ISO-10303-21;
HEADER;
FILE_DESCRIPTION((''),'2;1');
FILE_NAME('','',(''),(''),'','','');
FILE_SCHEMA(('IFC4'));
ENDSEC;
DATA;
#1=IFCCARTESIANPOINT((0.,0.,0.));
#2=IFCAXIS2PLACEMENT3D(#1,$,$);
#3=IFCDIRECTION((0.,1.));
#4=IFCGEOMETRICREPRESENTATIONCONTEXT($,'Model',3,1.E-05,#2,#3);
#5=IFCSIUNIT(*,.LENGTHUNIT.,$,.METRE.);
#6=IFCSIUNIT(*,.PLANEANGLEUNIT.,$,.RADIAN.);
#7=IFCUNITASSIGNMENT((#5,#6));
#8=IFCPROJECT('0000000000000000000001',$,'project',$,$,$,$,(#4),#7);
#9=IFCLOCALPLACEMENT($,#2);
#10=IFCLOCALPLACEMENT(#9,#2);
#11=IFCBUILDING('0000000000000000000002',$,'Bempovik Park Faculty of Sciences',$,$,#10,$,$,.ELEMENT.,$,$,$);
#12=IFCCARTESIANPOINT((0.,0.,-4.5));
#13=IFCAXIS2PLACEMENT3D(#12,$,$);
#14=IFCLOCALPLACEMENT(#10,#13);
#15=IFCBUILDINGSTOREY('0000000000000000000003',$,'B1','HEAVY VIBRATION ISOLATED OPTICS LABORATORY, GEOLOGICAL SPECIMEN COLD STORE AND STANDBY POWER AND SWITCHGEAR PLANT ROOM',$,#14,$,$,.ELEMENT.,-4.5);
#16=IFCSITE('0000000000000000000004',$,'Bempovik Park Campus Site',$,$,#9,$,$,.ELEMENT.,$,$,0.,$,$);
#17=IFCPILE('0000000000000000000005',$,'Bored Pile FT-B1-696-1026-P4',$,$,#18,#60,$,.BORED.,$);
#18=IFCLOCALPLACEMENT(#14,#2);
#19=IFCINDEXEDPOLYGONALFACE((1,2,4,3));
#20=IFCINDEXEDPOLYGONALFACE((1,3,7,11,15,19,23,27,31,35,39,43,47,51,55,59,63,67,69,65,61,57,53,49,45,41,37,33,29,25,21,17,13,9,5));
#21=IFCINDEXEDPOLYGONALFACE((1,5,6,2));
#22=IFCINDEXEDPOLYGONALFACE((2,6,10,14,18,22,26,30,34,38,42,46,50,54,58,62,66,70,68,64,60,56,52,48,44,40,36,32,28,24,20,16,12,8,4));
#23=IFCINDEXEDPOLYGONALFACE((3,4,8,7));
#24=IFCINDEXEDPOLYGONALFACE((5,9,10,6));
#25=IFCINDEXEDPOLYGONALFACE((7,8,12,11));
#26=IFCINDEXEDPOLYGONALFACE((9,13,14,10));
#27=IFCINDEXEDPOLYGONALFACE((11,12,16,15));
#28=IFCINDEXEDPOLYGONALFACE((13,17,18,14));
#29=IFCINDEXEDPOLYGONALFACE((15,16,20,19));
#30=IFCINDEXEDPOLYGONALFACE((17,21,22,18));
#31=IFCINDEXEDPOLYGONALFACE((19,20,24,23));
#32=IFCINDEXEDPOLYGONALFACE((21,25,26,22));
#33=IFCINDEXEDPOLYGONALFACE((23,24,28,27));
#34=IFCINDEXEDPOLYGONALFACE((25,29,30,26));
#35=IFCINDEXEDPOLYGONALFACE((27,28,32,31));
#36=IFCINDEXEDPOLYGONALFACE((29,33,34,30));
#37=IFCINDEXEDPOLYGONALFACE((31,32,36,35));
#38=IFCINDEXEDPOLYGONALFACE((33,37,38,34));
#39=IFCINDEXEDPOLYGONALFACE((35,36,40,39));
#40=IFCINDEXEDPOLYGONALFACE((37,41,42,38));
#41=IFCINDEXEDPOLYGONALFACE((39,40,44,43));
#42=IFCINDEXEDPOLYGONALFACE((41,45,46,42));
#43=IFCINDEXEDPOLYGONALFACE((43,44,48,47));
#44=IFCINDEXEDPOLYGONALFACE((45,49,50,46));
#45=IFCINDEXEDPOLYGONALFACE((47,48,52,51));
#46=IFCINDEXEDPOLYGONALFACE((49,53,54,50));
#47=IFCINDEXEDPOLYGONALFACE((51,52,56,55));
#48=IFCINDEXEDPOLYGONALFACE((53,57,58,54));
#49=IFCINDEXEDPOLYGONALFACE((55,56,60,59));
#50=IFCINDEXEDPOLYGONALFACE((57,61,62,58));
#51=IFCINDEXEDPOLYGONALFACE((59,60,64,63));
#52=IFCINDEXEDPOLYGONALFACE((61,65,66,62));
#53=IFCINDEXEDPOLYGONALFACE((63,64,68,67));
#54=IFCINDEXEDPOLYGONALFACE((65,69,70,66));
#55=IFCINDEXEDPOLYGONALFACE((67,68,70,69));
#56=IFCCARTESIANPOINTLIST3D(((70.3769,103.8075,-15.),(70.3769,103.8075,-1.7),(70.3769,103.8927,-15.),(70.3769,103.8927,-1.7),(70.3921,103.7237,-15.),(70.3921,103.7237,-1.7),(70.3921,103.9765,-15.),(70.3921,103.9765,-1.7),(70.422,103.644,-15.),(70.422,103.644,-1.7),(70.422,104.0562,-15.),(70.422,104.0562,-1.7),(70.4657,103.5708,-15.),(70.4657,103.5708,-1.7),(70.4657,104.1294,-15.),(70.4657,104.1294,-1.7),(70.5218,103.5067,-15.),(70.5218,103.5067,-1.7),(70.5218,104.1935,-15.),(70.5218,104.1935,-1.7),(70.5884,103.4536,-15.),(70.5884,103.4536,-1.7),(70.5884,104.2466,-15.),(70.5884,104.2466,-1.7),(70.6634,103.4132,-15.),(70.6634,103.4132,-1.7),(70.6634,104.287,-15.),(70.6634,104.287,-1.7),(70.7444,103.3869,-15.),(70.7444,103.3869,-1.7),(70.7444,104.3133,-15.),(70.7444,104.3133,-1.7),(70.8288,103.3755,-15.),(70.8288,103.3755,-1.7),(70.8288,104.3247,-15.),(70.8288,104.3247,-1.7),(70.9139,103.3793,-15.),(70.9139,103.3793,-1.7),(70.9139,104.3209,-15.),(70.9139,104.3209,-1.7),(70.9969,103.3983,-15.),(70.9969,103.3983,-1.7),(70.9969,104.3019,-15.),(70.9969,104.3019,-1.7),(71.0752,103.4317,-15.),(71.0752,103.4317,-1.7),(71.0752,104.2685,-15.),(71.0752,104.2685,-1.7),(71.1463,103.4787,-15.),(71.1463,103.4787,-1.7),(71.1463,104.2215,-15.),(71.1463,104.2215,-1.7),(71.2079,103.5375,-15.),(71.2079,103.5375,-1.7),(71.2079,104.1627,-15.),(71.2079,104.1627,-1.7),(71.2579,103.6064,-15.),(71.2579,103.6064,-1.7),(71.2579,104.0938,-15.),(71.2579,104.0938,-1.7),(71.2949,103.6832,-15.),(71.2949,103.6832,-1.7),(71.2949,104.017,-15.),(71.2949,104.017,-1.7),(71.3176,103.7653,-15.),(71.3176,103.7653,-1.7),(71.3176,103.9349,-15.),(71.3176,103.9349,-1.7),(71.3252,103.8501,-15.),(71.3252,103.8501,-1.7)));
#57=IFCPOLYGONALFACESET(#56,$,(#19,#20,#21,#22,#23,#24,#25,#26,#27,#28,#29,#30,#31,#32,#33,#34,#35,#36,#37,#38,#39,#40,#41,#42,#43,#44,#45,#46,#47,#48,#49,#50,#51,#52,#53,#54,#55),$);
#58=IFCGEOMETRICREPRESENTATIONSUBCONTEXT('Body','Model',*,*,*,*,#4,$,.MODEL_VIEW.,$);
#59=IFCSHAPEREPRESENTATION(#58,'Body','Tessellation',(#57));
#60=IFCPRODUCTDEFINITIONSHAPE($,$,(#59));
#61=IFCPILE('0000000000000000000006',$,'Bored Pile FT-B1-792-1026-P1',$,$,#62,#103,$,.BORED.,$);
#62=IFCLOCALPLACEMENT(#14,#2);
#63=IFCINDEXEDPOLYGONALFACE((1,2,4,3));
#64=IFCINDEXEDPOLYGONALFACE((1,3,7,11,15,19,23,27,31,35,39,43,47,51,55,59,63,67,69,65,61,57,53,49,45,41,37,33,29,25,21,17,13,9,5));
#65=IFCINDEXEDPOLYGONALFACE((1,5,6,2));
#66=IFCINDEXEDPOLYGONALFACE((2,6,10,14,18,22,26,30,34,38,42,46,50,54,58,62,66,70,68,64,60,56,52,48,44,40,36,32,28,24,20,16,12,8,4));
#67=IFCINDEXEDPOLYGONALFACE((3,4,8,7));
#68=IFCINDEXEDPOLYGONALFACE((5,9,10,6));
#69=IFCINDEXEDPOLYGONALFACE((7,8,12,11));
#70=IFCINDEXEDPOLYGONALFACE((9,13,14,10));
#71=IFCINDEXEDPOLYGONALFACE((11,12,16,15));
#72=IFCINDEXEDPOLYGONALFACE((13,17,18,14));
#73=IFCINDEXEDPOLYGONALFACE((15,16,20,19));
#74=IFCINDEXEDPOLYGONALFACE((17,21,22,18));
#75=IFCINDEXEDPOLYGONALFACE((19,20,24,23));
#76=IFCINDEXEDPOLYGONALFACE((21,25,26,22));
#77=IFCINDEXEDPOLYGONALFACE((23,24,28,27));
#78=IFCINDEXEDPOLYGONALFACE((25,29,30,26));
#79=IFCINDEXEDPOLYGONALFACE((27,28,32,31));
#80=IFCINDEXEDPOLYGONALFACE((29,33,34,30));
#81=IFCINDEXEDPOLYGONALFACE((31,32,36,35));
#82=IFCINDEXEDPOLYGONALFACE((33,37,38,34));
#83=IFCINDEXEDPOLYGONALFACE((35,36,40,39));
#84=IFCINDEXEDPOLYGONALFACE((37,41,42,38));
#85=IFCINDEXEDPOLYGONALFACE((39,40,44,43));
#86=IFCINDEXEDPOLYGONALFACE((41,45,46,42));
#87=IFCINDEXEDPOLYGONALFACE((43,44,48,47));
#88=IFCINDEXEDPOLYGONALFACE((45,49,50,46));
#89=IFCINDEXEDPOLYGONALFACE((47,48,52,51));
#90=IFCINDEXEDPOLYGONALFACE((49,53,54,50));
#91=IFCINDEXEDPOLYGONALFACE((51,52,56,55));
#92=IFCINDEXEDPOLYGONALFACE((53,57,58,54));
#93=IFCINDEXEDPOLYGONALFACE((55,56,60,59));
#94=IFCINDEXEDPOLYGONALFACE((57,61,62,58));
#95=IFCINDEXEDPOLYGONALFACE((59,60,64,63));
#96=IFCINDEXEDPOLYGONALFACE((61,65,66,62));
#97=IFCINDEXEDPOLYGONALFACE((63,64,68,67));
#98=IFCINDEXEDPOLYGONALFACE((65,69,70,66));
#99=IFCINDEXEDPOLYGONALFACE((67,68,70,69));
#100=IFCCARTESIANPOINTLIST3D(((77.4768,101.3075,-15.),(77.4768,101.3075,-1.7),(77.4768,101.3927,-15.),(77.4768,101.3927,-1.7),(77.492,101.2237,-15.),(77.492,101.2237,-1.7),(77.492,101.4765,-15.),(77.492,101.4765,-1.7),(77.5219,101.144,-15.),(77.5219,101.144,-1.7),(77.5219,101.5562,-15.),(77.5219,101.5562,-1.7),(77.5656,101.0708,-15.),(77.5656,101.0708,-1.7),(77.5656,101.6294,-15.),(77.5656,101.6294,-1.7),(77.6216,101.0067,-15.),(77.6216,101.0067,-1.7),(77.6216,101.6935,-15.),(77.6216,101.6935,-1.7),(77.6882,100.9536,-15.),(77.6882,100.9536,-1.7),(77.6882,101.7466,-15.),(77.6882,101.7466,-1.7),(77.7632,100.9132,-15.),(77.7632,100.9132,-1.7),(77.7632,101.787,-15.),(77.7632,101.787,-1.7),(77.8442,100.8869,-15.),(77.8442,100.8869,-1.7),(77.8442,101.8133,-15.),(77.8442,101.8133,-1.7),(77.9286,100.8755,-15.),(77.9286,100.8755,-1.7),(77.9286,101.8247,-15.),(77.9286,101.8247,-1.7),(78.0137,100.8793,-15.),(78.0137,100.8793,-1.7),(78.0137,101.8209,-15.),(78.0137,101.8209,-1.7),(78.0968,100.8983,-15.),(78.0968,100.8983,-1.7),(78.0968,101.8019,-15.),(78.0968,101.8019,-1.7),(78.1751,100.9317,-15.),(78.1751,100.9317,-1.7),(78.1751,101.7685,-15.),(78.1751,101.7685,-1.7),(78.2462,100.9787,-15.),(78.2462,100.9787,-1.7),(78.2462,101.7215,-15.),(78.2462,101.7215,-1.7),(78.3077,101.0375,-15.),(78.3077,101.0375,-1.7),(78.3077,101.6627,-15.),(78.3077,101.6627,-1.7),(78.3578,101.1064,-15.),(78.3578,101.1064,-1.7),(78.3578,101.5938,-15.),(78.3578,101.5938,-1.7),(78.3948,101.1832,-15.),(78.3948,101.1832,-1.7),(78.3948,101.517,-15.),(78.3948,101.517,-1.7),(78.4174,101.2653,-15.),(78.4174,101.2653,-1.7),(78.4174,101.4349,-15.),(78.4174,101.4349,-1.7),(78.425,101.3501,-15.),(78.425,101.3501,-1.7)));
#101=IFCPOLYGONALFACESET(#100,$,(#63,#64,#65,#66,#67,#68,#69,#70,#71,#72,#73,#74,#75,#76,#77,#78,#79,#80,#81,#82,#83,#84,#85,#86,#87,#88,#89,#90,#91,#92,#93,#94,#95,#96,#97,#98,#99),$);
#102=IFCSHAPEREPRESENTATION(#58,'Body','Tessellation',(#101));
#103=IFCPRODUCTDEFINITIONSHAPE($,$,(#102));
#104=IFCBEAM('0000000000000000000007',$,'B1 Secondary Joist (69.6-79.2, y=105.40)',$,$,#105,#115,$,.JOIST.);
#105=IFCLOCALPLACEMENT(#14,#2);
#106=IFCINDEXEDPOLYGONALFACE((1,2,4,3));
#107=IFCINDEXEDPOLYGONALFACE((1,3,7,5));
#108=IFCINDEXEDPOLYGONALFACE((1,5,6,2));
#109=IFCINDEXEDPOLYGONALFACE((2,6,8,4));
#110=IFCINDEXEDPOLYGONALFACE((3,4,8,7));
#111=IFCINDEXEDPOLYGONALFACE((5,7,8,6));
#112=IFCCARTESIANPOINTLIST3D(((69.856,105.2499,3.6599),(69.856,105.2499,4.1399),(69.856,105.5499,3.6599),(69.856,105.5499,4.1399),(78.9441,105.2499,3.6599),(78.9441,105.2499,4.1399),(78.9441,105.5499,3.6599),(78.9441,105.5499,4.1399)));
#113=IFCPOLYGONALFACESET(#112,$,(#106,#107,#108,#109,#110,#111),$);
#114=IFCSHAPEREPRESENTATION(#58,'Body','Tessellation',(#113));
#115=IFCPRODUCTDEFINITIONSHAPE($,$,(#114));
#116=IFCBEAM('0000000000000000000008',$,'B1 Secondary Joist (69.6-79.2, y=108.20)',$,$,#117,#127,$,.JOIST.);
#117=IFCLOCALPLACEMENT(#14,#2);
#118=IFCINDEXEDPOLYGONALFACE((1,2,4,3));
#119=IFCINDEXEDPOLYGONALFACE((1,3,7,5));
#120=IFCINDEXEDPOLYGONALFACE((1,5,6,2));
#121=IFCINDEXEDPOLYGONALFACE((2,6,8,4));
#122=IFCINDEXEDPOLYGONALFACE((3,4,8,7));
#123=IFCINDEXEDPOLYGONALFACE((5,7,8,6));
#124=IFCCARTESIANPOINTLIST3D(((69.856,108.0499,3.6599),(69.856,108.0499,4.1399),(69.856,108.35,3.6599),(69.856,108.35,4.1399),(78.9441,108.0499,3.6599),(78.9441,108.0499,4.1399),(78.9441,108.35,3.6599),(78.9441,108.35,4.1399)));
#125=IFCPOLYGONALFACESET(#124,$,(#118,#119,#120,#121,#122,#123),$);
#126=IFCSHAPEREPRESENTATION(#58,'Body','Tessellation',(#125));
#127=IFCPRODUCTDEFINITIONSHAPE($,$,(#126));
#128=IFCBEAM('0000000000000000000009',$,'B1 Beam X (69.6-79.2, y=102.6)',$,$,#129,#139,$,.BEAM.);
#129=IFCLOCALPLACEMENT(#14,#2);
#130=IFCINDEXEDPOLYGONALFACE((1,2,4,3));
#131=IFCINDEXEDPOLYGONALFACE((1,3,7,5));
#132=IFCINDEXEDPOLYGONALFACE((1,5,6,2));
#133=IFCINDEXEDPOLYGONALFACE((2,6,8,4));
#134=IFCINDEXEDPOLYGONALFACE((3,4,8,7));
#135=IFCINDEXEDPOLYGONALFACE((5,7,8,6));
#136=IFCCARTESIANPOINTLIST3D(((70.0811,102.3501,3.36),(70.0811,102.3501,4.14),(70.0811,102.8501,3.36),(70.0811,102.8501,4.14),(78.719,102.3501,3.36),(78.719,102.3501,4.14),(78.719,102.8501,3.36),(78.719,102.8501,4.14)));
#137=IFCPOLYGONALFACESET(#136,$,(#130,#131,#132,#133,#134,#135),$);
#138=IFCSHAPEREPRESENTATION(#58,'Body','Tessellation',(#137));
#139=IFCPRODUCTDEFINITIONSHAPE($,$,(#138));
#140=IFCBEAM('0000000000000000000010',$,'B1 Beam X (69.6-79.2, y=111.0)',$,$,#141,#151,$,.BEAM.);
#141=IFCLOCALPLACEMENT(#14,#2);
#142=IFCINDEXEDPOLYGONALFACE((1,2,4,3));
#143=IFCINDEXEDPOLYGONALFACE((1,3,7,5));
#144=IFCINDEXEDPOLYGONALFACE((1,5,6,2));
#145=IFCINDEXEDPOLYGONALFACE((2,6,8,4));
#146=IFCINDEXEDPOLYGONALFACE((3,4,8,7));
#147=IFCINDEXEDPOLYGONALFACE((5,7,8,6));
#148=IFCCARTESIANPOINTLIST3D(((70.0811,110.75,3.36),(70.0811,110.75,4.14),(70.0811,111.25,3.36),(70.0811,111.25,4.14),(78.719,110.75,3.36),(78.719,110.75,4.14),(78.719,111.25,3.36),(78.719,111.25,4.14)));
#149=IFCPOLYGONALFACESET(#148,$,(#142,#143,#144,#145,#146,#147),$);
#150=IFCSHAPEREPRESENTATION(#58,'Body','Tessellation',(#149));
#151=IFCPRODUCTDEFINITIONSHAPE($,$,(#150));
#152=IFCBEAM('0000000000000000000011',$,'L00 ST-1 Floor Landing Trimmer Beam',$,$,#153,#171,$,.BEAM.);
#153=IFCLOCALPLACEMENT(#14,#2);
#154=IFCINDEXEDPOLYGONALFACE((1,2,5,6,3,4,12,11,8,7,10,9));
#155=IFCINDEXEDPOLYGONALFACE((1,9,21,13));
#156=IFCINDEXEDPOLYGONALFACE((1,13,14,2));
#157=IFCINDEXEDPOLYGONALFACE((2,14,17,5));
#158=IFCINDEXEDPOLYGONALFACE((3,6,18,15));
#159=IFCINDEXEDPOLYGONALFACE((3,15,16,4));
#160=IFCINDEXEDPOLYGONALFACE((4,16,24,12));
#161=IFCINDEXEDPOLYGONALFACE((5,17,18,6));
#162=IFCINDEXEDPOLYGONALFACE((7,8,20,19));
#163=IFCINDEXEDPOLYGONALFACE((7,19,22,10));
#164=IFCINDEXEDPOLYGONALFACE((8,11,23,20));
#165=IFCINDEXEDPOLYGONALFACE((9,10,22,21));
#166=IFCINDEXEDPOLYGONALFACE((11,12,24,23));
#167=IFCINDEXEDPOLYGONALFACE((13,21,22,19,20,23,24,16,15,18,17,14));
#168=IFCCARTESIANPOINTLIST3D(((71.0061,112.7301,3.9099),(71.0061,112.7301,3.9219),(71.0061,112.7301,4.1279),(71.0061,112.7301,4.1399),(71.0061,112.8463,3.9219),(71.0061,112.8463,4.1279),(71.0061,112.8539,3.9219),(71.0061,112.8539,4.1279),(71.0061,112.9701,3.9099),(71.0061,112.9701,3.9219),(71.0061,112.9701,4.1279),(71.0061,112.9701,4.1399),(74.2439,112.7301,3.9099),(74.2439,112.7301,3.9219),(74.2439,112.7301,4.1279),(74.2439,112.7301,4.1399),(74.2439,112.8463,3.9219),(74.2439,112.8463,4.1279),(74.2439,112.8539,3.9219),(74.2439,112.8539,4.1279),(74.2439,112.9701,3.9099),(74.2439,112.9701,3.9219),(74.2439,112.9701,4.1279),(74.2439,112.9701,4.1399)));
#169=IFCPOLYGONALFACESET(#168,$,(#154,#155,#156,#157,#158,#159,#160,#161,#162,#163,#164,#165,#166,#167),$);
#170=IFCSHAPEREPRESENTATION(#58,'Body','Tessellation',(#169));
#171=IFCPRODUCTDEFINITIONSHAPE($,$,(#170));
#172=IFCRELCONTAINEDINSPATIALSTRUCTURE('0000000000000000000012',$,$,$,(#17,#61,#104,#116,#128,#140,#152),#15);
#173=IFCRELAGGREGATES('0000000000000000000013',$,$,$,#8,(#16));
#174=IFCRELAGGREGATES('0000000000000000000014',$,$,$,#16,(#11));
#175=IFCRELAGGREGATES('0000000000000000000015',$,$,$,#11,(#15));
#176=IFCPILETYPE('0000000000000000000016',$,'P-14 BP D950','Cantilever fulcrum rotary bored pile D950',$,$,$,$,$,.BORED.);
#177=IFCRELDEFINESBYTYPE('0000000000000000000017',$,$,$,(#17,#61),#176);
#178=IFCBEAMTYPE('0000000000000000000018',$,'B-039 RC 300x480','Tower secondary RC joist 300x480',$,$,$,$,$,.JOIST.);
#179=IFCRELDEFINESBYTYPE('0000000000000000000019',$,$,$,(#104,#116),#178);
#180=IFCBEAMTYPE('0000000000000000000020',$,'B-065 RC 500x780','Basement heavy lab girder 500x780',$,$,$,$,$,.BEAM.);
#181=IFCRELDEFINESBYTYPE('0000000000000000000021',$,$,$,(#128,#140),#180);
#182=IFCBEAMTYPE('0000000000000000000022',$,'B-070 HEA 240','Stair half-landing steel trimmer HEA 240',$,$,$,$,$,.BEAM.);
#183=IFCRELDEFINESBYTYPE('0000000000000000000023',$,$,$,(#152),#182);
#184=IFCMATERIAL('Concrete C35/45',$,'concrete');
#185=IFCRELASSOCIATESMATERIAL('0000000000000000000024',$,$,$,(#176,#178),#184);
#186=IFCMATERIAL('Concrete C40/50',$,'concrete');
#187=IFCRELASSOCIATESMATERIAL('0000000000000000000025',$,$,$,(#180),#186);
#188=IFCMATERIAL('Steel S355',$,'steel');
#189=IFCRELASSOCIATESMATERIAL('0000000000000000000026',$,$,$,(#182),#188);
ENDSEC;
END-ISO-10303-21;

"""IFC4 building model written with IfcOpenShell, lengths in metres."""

from ifc_helpers import new_model, si_unit, direction, frame, origin, origin_2d, place, context, subcontext, project, spatial, rectangle, circle, i_section, extrude, material, material_profile, profile_set, type_object, element, save


model = new_model("IFC4")

# Units and contexts
model_context = context("Model", 3, precision=1e-05, world=origin(), true_north=direction((0.0, 1.0)))
body_context = subcontext(model_context, "Body", "Model", "MODEL_VIEW")
ifc_project = project(units=[si_unit("LENGTHUNIT", "METRE"), si_unit("PLANEANGLEUNIT", "RADIAN")], contexts=[model_context])

# Site, building, storey
site_placement = place(None, origin())
site = spatial("IfcSite", under=ifc_project, at=site_placement, Name="Bempovik Park Campus Site", CompositionType="ELEMENT", RefElevation=0.0)
building_placement = place(site_placement, origin())
building = spatial("IfcBuilding", under=site, at=building_placement, Name="Bempovik Park Faculty of Sciences", CompositionType="ELEMENT")
storey_placement = place(building_placement, frame((0.0, 0.0, -4.5)))
storey = spatial("IfcBuildingStorey", under=building, at=storey_placement, Name="B1", Description="HEAVY VIBRATION ISOLATED OPTICS LABORATORY, GEOLOGICAL SPECIMEN COLD STORE AND STANDBY POWER AND SWITCHGEAR PLANT ROOM", CompositionType="ELEMENT", Elevation=-4.5)

# Piles
ifc_material_1 = material(Name="Concrete C35/45", Category="concrete")
ifc_material_profile_1 = material_profile(ifc_material_1, circle(Radius=0.4751, at=origin_2d()), Name="BP D950")
ifc_profile_set_1 = profile_set([ifc_material_profile_1], Name="Concrete C35/45")
pile_type = type_object("IfcPileType", Name="P-14 BP D950", Description="Cantilever fulcrum rotary bored pile D950", PredefinedType="BORED", material=ifc_profile_set_1)
for number, where, z_axis, x_axis, name in (
    (1, (70.8501, 103.8501, -1.7), (0.0, 0.0, -1.0), (1.0, 0.0, 0.0), "Bored Pile FT-B1-696-1026-P4"),
    (2, (77.95, 101.3501, -1.7), (0.0, 0.0, -1.0), (1.0, 0.0, 0.0), "Bored Pile FT-B1-792-1026-P1"),
):
    element("IfcPile", number, at=place(storey_placement, frame(where, z_axis=z_axis, x_axis=x_axis)), inside=storey, type_object=pile_type, Name=name, PredefinedType="BORED", context=body_context, shape_type="SweptSolid", body=[
        extrude(circle(Radius=0.4751, at=origin_2d()), origin(), (0.0, 0.0, 1.0), 13.3),
    ])

# Beams
ifc_material_profile_2 = material_profile(ifc_material_1, rectangle(XDim=0.3, YDim=0.48, at=origin_2d()), Name="RC 300x480")
ifc_profile_set_2 = profile_set([ifc_material_profile_2], Name="Concrete C35/45")
beam_type_1 = type_object("IfcBeamType", Name="B-039 RC 300x480", Description="Tower secondary RC joist 300x480", PredefinedType="JOIST", material=ifc_profile_set_2)
for number, where, z_axis, x_axis, name in (
    (3, (69.856, 105.3999, 3.8999), (1.0, 0.0, 0.0), (0.0, 1.0, 0.0), "B1 Secondary Joist (69.6-79.2, y=105.40)"),
    (4, (69.856, 108.2, 3.8999), (1.0, 0.0, 0.0), (0.0, 1.0, 0.0), "B1 Secondary Joist (69.6-79.2, y=108.20)"),
):
    element("IfcBeam", number, at=place(storey_placement, frame(where, z_axis=z_axis, x_axis=x_axis)), inside=storey, type_object=beam_type_1, Name=name, PredefinedType="JOIST", context=body_context, shape_type="SweptSolid", body=[
        extrude(rectangle(XDim=0.3, YDim=0.48, at=origin_2d()), origin(), (0.0, 0.0, 1.0), 9.0881),
    ])
ifc_material_2 = material(Name="Concrete C40/50", Category="concrete")
ifc_material_profile_3 = material_profile(ifc_material_2, rectangle(XDim=0.5, YDim=0.78, at=origin_2d()), Name="RC 500x780")
ifc_profile_set_3 = profile_set([ifc_material_profile_3], Name="Concrete C40/50")
beam_type_2 = type_object("IfcBeamType", Name="B-065 RC 500x780", Description="Basement heavy lab girder 500x780", PredefinedType="BEAM", material=ifc_profile_set_3)
for number, where, z_axis, x_axis, name in (
    (5, (70.0811, 102.6001, 3.75), (1.0, 0.0, 0.0), (0.0, 1.0, 0.0), "B1 Beam X (69.6-79.2, y=102.6)"),
    (6, (70.0811, 111.0, 3.75), (1.0, 0.0, 0.0), (0.0, 1.0, 0.0), "B1 Beam X (69.6-79.2, y=111.0)"),
):
    element("IfcBeam", number, at=place(storey_placement, frame(where, z_axis=z_axis, x_axis=x_axis)), inside=storey, type_object=beam_type_2, Name=name, PredefinedType="BEAM", context=body_context, shape_type="SweptSolid", body=[
        extrude(rectangle(XDim=0.5, YDim=0.78, at=origin_2d()), origin(), (0.0, 0.0, 1.0), 8.6379),
    ])
ifc_material_3 = material(Name="Steel S355", Category="steel")
ifc_material_profile_4 = material_profile(ifc_material_3, i_section(OverallWidth=0.24, OverallDepth=0.23, WebThickness=0.0076, FlangeThickness=0.012, at=origin_2d()), Name="HEA 240")
ifc_profile_set_4 = profile_set([ifc_material_profile_4], Name="Steel S355")
beam_type_3 = type_object("IfcBeamType", Name="B-070 HEA 240", Description="Stair half-landing steel trimmer HEA 240", PredefinedType="BEAM", material=ifc_profile_set_4)
beam_placement = place(storey_placement, frame((71.0061, 112.8501, 4.0249), z_axis=(1.0, 0.0, 0.0), x_axis=(0.0, 1.0, 0.0)))
element("IfcBeam", 7, at=beam_placement, inside=storey, type_object=beam_type_3, Name="L00 ST-1 Floor Landing Trimmer Beam", PredefinedType="BEAM", context=body_context, shape_type="SweptSolid", body=[
    extrude(i_section(OverallWidth=0.24, OverallDepth=0.23, WebThickness=0.0076, FlangeThickness=0.012, at=origin_2d()), origin(), (0.0, 0.0, 1.0), 3.2378),
])

save(model, "model.ifc")
